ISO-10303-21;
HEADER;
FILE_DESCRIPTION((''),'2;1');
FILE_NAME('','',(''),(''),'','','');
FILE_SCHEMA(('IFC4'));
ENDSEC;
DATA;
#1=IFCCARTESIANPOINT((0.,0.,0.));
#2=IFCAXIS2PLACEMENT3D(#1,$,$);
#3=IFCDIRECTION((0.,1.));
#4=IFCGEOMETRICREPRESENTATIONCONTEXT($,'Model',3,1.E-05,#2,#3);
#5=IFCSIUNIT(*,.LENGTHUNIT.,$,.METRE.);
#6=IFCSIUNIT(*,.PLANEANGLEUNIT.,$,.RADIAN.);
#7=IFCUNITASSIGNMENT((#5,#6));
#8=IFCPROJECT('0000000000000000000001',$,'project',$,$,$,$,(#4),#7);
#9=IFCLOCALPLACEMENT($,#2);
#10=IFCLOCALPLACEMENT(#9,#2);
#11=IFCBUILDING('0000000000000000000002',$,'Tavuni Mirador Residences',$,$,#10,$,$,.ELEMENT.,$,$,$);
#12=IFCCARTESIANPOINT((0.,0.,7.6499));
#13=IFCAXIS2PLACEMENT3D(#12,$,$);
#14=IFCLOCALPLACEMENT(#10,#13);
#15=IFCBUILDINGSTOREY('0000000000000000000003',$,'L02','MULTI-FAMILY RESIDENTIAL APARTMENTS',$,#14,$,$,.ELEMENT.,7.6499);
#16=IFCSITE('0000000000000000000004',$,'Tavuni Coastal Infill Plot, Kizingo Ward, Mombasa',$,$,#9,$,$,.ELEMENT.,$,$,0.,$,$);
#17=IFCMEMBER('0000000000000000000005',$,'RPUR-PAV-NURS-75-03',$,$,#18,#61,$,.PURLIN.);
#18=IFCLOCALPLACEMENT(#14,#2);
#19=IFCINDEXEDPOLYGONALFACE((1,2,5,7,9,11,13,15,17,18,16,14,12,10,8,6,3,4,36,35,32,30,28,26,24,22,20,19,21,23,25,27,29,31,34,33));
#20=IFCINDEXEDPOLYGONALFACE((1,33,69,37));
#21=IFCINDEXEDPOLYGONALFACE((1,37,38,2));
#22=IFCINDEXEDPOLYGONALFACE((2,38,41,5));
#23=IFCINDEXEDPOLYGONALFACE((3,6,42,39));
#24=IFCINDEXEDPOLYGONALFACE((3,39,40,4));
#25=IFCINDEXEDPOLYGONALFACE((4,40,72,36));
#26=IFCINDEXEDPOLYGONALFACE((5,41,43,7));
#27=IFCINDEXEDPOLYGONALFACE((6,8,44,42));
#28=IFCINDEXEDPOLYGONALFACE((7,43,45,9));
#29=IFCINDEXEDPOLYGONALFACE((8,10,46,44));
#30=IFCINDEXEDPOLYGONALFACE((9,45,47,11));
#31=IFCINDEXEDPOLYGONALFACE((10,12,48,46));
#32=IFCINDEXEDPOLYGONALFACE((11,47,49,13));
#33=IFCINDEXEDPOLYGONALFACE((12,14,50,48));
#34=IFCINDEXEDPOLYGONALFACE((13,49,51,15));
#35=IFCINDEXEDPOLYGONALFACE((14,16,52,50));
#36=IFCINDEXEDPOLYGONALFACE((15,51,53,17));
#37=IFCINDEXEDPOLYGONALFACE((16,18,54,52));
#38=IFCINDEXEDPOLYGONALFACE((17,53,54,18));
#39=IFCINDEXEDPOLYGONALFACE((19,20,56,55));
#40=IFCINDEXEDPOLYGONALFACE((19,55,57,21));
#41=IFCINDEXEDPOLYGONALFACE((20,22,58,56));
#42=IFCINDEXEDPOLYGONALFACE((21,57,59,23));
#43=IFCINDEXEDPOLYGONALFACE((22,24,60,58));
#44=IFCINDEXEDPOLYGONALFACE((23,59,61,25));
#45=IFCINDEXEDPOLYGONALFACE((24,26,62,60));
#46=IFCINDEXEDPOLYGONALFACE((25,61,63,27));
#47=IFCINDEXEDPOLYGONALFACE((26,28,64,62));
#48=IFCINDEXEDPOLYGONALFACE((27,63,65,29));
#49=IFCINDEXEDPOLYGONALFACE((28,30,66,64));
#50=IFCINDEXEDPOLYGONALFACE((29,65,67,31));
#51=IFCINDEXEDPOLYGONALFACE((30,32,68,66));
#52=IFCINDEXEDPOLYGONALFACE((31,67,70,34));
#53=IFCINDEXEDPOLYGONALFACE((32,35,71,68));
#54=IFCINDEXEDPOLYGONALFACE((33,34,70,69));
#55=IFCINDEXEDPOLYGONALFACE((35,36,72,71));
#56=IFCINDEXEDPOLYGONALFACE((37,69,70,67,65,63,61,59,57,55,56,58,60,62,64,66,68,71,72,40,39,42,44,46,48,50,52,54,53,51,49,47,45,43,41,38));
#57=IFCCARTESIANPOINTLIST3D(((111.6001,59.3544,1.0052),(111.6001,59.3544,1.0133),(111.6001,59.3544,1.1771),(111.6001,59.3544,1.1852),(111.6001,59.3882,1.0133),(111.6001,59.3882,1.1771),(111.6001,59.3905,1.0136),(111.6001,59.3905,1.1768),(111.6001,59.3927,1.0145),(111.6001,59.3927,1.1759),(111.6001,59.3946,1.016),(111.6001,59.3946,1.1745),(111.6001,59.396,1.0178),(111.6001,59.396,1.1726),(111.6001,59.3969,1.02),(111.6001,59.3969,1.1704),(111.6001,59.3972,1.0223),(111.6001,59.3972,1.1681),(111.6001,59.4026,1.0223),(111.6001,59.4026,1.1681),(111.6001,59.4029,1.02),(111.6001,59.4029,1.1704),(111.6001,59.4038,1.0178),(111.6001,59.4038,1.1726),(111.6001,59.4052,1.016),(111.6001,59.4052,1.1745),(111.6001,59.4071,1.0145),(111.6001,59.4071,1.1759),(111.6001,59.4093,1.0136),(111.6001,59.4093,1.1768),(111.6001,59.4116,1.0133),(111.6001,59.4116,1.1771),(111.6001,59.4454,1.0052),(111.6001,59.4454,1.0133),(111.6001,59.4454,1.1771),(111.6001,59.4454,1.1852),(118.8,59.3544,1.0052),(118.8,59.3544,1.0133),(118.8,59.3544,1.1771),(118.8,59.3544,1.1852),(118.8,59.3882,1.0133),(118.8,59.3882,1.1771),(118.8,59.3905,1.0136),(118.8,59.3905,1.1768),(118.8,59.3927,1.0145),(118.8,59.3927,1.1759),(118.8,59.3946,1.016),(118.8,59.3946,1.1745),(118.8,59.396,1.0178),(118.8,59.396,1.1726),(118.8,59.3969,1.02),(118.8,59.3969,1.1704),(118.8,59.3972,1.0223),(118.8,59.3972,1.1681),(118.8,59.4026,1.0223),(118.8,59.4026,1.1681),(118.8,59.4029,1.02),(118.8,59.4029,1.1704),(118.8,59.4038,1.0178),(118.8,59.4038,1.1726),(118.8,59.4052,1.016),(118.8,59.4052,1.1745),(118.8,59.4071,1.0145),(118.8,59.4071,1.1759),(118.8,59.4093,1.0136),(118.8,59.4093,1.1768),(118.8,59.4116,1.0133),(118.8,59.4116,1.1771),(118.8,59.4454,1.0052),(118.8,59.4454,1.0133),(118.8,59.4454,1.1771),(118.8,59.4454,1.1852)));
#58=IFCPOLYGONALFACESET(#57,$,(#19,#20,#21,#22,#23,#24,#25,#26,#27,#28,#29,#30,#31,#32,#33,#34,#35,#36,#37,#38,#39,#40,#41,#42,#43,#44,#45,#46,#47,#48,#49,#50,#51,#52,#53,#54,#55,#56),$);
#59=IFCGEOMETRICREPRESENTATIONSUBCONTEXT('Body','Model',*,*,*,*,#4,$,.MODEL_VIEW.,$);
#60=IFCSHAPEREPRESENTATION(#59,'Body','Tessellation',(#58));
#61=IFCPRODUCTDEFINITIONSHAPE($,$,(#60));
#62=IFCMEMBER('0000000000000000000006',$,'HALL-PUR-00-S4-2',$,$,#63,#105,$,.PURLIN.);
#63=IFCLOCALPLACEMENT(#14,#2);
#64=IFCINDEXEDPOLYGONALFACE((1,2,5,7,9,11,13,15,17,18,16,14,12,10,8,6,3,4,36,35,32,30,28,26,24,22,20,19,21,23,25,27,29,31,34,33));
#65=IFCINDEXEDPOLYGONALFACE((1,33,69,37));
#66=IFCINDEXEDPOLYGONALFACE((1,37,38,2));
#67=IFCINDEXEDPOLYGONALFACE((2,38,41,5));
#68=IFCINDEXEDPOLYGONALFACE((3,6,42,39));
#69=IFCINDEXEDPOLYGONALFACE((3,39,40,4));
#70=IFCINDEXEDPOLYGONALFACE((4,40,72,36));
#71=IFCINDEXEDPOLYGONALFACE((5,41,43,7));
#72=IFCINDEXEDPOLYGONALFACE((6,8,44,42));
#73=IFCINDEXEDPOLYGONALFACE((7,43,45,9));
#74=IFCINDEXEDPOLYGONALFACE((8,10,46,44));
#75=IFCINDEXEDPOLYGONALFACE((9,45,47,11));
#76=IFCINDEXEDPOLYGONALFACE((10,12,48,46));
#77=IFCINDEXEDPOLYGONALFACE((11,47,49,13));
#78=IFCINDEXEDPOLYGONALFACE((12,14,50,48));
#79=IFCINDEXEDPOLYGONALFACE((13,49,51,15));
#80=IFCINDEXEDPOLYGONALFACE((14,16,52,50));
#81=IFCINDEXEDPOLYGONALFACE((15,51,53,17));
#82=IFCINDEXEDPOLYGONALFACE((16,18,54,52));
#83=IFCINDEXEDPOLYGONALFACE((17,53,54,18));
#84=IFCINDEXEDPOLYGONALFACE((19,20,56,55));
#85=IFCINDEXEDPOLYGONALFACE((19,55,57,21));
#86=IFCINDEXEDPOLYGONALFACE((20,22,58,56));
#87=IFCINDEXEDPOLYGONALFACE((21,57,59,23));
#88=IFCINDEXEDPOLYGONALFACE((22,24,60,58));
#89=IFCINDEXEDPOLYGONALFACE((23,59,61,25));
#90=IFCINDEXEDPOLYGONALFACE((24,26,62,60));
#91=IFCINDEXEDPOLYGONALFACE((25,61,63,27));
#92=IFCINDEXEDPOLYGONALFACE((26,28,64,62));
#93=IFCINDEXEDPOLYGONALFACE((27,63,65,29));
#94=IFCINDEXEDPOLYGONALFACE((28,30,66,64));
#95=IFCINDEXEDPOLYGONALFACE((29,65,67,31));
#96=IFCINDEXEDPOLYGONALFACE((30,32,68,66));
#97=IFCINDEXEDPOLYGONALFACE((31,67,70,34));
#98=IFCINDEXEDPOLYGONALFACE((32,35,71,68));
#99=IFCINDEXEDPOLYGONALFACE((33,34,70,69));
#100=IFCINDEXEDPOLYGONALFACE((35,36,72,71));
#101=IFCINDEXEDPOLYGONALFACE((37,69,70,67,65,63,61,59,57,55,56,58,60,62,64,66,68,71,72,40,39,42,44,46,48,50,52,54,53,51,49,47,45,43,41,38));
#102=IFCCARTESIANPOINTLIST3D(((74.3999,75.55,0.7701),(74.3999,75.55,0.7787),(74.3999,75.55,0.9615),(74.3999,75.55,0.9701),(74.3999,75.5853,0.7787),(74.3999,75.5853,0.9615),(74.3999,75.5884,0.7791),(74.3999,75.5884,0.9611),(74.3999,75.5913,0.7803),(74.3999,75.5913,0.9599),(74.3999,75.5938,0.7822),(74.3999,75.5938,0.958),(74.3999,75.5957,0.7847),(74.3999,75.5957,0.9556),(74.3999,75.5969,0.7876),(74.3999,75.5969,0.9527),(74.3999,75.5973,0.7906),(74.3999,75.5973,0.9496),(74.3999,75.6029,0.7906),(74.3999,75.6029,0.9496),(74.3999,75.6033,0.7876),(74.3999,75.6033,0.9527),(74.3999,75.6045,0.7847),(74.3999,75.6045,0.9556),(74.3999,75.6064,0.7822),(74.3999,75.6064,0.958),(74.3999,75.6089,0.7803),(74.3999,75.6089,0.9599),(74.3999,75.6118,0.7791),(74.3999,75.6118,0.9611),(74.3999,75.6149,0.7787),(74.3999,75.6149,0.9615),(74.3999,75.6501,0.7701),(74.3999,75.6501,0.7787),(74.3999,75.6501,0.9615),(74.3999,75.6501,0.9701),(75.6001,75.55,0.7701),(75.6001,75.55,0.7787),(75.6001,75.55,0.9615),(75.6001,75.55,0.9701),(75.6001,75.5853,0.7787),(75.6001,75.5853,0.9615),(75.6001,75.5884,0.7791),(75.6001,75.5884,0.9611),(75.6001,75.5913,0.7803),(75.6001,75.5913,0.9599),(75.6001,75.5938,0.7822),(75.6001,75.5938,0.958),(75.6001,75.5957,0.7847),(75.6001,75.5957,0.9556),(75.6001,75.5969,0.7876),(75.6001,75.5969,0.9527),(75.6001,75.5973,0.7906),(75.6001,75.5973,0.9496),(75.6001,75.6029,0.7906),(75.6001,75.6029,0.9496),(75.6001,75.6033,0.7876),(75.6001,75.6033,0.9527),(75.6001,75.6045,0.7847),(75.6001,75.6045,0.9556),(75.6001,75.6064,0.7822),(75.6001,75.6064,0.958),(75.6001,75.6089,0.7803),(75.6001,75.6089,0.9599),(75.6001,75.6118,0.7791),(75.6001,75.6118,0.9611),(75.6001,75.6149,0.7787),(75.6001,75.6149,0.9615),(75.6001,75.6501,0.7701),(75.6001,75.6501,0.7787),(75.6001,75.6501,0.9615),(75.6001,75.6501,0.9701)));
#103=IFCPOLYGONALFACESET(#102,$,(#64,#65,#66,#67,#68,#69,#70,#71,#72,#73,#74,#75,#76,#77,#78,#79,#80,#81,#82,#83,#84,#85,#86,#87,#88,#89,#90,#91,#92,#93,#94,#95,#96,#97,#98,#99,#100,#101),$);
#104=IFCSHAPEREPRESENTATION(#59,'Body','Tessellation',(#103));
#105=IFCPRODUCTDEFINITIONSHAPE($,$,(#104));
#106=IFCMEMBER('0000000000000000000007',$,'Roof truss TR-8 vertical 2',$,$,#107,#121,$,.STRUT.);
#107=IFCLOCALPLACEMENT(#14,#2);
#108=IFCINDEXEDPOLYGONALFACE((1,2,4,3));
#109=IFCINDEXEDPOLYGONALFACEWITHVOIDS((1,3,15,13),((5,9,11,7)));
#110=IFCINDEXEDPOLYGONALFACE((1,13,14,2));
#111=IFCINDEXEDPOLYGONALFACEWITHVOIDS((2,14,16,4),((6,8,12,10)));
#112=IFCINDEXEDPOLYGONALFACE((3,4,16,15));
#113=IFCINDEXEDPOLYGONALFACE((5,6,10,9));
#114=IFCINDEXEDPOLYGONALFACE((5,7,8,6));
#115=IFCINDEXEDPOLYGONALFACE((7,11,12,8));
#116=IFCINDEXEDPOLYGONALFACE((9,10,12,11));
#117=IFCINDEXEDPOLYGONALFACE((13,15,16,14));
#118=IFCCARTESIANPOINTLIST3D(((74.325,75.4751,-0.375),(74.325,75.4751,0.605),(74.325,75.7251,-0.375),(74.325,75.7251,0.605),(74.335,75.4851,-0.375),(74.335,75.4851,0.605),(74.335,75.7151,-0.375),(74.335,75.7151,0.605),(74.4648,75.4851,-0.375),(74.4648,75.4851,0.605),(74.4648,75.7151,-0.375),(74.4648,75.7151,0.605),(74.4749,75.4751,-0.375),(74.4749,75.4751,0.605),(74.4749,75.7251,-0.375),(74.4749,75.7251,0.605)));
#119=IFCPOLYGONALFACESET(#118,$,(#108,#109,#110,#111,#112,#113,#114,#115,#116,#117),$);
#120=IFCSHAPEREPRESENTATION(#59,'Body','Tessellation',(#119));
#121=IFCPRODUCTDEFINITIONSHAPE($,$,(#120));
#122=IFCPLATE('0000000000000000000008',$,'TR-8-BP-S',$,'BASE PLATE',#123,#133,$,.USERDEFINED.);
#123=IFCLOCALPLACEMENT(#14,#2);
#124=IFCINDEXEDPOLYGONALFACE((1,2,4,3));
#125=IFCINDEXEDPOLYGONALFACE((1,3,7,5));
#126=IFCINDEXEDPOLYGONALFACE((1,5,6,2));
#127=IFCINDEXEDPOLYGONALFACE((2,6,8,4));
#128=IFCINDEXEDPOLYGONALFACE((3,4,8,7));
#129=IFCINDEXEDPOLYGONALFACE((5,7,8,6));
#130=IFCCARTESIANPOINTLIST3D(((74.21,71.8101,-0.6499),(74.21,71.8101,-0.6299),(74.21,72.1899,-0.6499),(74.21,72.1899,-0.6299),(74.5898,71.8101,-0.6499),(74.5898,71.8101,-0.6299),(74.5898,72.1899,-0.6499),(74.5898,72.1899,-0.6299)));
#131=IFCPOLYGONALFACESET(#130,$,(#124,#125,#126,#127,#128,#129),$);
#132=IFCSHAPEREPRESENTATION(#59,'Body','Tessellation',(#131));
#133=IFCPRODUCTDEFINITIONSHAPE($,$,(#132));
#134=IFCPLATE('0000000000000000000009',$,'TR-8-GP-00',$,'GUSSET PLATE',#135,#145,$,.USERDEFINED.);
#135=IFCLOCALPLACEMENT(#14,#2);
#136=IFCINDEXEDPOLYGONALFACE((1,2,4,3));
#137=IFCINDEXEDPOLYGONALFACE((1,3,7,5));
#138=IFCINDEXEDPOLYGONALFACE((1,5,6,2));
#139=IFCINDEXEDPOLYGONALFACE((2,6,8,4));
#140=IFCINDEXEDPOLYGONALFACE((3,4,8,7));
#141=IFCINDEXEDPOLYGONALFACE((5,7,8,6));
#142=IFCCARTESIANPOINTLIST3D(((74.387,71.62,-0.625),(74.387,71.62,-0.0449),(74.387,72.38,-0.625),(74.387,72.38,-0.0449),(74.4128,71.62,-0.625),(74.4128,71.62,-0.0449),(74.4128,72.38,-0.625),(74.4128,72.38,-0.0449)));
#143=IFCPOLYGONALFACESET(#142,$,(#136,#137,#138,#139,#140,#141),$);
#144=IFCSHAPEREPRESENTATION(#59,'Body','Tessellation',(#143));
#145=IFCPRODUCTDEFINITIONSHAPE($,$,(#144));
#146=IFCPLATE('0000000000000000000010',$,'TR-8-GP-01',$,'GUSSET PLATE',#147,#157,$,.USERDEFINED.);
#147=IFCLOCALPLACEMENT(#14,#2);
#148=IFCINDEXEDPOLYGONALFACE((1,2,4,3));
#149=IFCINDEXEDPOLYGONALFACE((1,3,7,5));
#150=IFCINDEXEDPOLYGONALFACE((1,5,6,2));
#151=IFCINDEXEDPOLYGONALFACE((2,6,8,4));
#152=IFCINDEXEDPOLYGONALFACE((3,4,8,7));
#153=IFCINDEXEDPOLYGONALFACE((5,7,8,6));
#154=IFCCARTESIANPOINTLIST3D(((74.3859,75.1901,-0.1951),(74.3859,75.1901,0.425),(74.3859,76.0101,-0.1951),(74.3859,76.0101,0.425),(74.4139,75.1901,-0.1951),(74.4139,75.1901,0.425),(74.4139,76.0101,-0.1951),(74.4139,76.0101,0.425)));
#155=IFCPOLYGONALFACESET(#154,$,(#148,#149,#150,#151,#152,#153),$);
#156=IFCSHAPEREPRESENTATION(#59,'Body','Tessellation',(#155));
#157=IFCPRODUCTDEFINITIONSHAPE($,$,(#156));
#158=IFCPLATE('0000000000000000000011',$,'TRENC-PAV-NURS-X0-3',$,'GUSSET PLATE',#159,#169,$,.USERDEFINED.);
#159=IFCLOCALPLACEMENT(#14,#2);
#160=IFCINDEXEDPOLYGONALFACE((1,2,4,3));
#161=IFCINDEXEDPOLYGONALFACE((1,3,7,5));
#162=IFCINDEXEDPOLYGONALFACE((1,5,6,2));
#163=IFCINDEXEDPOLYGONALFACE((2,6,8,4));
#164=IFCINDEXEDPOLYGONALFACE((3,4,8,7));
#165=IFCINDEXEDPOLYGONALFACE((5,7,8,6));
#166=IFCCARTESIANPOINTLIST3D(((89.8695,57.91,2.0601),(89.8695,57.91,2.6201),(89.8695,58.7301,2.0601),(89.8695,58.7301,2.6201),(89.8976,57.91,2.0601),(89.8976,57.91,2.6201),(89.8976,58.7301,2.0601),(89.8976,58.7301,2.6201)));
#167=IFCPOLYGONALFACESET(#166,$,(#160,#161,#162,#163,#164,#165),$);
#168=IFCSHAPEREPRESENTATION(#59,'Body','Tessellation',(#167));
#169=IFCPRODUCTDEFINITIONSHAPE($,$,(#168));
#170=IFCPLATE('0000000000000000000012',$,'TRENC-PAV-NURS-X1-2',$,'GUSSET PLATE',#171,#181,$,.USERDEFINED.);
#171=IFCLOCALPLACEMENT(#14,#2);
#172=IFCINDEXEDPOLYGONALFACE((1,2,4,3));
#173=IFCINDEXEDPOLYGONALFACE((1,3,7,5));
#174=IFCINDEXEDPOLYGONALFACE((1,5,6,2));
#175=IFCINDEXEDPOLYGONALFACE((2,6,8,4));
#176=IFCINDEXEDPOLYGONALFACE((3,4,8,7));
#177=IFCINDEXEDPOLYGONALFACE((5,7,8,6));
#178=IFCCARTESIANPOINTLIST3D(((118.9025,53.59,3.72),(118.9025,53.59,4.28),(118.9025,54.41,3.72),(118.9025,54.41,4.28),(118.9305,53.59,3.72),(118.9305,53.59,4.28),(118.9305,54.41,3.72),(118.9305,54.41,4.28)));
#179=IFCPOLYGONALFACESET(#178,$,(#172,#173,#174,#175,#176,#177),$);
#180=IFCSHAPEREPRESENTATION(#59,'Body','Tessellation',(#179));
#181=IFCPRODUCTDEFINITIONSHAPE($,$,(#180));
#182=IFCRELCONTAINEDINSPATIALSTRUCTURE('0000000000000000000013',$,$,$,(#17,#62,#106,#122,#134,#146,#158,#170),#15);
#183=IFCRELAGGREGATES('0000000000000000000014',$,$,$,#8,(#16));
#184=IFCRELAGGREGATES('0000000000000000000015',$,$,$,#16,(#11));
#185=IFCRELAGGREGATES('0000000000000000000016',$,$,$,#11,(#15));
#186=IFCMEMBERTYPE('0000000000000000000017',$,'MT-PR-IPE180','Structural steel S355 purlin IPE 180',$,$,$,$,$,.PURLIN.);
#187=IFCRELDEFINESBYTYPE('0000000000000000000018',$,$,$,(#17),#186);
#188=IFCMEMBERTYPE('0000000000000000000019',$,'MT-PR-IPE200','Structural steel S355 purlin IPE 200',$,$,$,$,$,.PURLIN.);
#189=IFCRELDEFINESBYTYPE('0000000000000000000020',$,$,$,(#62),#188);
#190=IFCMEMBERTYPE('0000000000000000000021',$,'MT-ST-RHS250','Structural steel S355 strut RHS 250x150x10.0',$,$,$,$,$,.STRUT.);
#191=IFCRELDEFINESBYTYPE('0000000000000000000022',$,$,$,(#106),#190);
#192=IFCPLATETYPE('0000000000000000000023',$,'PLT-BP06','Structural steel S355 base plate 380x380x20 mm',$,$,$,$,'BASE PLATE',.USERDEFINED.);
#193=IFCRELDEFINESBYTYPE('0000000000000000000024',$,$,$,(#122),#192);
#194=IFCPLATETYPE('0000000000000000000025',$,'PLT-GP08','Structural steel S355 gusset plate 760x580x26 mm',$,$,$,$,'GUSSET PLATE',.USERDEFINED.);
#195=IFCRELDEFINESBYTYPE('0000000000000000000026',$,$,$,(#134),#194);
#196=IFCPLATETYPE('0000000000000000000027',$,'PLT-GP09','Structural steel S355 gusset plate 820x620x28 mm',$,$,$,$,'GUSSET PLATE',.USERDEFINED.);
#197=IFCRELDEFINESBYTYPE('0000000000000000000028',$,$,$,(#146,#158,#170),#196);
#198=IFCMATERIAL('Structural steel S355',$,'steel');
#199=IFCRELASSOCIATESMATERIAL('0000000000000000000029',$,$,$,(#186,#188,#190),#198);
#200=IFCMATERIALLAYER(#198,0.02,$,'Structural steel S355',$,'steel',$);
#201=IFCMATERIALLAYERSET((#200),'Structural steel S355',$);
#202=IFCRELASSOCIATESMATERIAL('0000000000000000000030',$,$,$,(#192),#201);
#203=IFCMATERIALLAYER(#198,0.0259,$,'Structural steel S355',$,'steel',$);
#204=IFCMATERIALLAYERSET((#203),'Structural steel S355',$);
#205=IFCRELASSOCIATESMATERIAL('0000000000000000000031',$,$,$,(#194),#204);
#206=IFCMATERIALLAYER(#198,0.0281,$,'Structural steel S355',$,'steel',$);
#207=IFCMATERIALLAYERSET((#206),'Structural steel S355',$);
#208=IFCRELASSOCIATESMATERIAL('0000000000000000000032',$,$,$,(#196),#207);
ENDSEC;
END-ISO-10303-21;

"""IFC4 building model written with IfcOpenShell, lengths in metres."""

from ifc_helpers import new_model, si_unit, direction, frame, origin, origin_2d, place, context, subcontext, project, spatial, rectangle, hollow_rectangle, i_section, extrude, material, layer, layer_set, material_profile, profile_set, type_object, element, save


model = new_model("IFC4")

# Units and contexts
model_context = context("Model", 3, precision=1e-05, world=origin(), true_north=direction((0.0, 1.0)))
body_context = subcontext(model_context, "Body", "Model", "MODEL_VIEW")
ifc_project = project(units=[si_unit("LENGTHUNIT", "METRE"), si_unit("PLANEANGLEUNIT", "RADIAN")], contexts=[model_context])

# Site, building, storey
site_placement = place(None, origin())
site = spatial("IfcSite", under=ifc_project, at=site_placement, Name="Tavuni Coastal Infill Plot, Kizingo Ward, Mombasa", CompositionType="ELEMENT", RefElevation=0.0)
building_placement = place(site_placement, origin())
building = spatial("IfcBuilding", under=site, at=building_placement, Name="Tavuni Mirador Residences", CompositionType="ELEMENT")
storey_placement = place(building_placement, frame((0.0, 0.0, 7.6499)))
storey = spatial("IfcBuildingStorey", under=building, at=storey_placement, Name="L02", Description="MULTI-FAMILY RESIDENTIAL APARTMENTS", CompositionType="ELEMENT", Elevation=7.6499)

# Members
ifc_material_1 = material(Name="Structural steel S355", Category="steel")
ifc_material_profile_1 = material_profile(ifc_material_1, i_section(OverallWidth=0.0911, OverallDepth=0.1799, WebThickness=0.0054, FlangeThickness=0.0081, FilletRadius=0.009, at=origin_2d()), Name="IPE 180", Category="steel")
ifc_profile_set_1 = profile_set([ifc_material_profile_1], Name="Structural steel S355")
member_type_1 = type_object("IfcMemberType", Name="MT-PR-IPE180", Description="Structural steel S355 purlin IPE 180", PredefinedType="PURLIN", material=ifc_profile_set_1)
member_1_placement = place(storey_placement, frame((111.6001, 59.3999, 1.0952), z_axis=(1.0, 0.0, 0.0), x_axis=(0.0, 1.0, 0.0)))
element("IfcMember", 1, at=member_1_placement, inside=storey, type_object=member_type_1, Name="RPUR-PAV-NURS-75-03", PredefinedType="PURLIN", context=body_context, shape_type="SweptSolid", body=[
    extrude(i_section(OverallWidth=0.0911, OverallDepth=0.1799, WebThickness=0.0054, FlangeThickness=0.0081, FilletRadius=0.009, at=origin_2d()), origin(), (0.0, 0.0, 1.0), 7.2),
])
ifc_material_profile_2 = material_profile(ifc_material_1, i_section(OverallWidth=0.1001, OverallDepth=0.2, WebThickness=0.0056, FlangeThickness=0.0085, FilletRadius=0.012, at=origin_2d()), Name="IPE 200", Category="steel")
ifc_profile_set_2 = profile_set([ifc_material_profile_2], Name="Structural steel S355")
member_type_2 = type_object("IfcMemberType", Name="MT-PR-IPE200", Description="Structural steel S355 purlin IPE 200", PredefinedType="PURLIN", material=ifc_profile_set_2)
member_2_placement = place(storey_placement, frame((74.3999, 75.6001, 0.8701), z_axis=(1.0, 0.0, 0.0), x_axis=(0.0, 1.0, 0.0)))
element("IfcMember", 2, at=member_2_placement, inside=storey, type_object=member_type_2, Name="HALL-PUR-00-S4-2", PredefinedType="PURLIN", context=body_context, shape_type="SweptSolid", body=[
    extrude(i_section(OverallWidth=0.1001, OverallDepth=0.2, WebThickness=0.0056, FlangeThickness=0.0085, FilletRadius=0.012, at=origin_2d()), origin(), (0.0, 0.0, 1.0), 1.2002),
])
ifc_material_profile_3 = material_profile(ifc_material_1, hollow_rectangle(XDim=0.1499, YDim=0.25, WallThickness=0.01, at=origin_2d()), Name="RHS 250x150x10.0", Category="steel")
ifc_profile_set_3 = profile_set([ifc_material_profile_3], Name="Structural steel S355")
member_type_3 = type_object("IfcMemberType", Name="MT-ST-RHS250", Description="Structural steel S355 strut RHS 250x150x10.0", PredefinedType="STRUT", material=ifc_profile_set_3)
member_3_placement = place(storey_placement, frame((74.3999, 75.6001, -0.375), z_axis=(0.0, 0.0, 1.0), x_axis=(1.0, 0.0, 0.0)))
element("IfcMember", 3, at=member_3_placement, inside=storey, type_object=member_type_3, Name="Roof truss TR-8 vertical 2", PredefinedType="STRUT", context=body_context, shape_type="SweptSolid", body=[
    extrude(hollow_rectangle(XDim=0.1499, YDim=0.25, WallThickness=0.01, at=origin_2d()), origin(), (0.0, 0.0, 1.0), 0.98),
])

# Plates
ifc_layer_1 = layer(ifc_material_1, 0.02, Name="Structural steel S355", Category="steel")
ifc_layer_set_1 = layer_set([ifc_layer_1], Name="Structural steel S355")
plate_type_1 = type_object("IfcPlateType", Name="PLT-BP06", Description="Structural steel S355 base plate 380x380x20 mm", ElementType="BASE PLATE", PredefinedType="USERDEFINED", material=ifc_layer_set_1)
plate_1_placement = place(storey_placement, frame((74.3999, 72.0, -0.6499), z_axis=(0.0, 0.0, 1.0), x_axis=(1.0, 0.0, 0.0)))
element("IfcPlate", 4, at=plate_1_placement, inside=storey, type_object=plate_type_1, Name="TR-8-BP-S", ObjectType="BASE PLATE", PredefinedType="USERDEFINED", context=body_context, shape_type="SweptSolid", body=[
    extrude(rectangle(XDim=0.3799, YDim=0.3799, at=origin_2d()), origin(), (0.0, 0.0, 1.0), 0.02),
])
ifc_layer_2 = layer(ifc_material_1, 0.0259, Name="Structural steel S355", Category="steel")
ifc_layer_set_2 = layer_set([ifc_layer_2], Name="Structural steel S355")
plate_type_2 = type_object("IfcPlateType", Name="PLT-GP08", Description="Structural steel S355 gusset plate 760x580x26 mm", ElementType="GUSSET PLATE", PredefinedType="USERDEFINED", material=ifc_layer_set_2)
plate_2_placement = place(storey_placement, frame((74.3999, 72.0, -0.625), z_axis=(0.0, 0.0, 1.0), x_axis=(0.0, 1.0, 0.0)))
element("IfcPlate", 5, at=plate_2_placement, inside=storey, type_object=plate_type_2, Name="TR-8-GP-00", ObjectType="GUSSET PLATE", PredefinedType="USERDEFINED", context=body_context, shape_type="SweptSolid", body=[
    extrude(rectangle(XDim=0.76, YDim=0.0259, at=origin_2d()), origin(), (0.0, 0.0, 1.0), 0.5801),
])
ifc_layer_3 = layer(ifc_material_1, 0.0281, Name="Structural steel S355", Category="steel")
ifc_layer_set_3 = layer_set([ifc_layer_3], Name="Structural steel S355")
plate_type_3 = type_object("IfcPlateType", Name="PLT-GP09", Description="Structural steel S355 gusset plate 820x620x28 mm", ElementType="GUSSET PLATE", PredefinedType="USERDEFINED", material=ifc_layer_set_3)
plate_3_placement = place(storey_placement, frame((74.3999, 75.6001, -0.1951), z_axis=(0.0, 0.0, 1.0), x_axis=(0.0, 1.0, 0.0)))
element("IfcPlate", 6, at=plate_3_placement, inside=storey, type_object=plate_type_3, Name="TR-8-GP-01", ObjectType="GUSSET PLATE", PredefinedType="USERDEFINED", context=body_context, shape_type="SweptSolid", body=[
    extrude(rectangle(XDim=0.8201, YDim=0.0281, at=origin_2d()), origin(), (0.0, 0.0, 1.0), 0.6201),
])
for number, where, z_axis, x_axis, name in (
    (7, (89.8835, 58.3201, 2.0601), (0.0, 0.0, 1.0), (0.0, 1.0, 0.0), "TRENC-PAV-NURS-X0-3"),
    (8, (118.9165, 54.0, 3.72), (0.0, 0.0, 1.0), (0.0, 1.0, 0.0), "TRENC-PAV-NURS-X1-2"),
):
    element("IfcPlate", number, at=place(storey_placement, frame(where, z_axis=z_axis, x_axis=x_axis)), inside=storey, type_object=plate_type_3, Name=name, ObjectType="GUSSET PLATE", PredefinedType="USERDEFINED", context=body_context, shape_type="SweptSolid", body=[
        extrude(rectangle(XDim=0.8201, YDim=0.0281, at=origin_2d()), origin(), (0.0, 0.0, 1.0), 0.5601),
    ])

save(model, "model.ifc")
